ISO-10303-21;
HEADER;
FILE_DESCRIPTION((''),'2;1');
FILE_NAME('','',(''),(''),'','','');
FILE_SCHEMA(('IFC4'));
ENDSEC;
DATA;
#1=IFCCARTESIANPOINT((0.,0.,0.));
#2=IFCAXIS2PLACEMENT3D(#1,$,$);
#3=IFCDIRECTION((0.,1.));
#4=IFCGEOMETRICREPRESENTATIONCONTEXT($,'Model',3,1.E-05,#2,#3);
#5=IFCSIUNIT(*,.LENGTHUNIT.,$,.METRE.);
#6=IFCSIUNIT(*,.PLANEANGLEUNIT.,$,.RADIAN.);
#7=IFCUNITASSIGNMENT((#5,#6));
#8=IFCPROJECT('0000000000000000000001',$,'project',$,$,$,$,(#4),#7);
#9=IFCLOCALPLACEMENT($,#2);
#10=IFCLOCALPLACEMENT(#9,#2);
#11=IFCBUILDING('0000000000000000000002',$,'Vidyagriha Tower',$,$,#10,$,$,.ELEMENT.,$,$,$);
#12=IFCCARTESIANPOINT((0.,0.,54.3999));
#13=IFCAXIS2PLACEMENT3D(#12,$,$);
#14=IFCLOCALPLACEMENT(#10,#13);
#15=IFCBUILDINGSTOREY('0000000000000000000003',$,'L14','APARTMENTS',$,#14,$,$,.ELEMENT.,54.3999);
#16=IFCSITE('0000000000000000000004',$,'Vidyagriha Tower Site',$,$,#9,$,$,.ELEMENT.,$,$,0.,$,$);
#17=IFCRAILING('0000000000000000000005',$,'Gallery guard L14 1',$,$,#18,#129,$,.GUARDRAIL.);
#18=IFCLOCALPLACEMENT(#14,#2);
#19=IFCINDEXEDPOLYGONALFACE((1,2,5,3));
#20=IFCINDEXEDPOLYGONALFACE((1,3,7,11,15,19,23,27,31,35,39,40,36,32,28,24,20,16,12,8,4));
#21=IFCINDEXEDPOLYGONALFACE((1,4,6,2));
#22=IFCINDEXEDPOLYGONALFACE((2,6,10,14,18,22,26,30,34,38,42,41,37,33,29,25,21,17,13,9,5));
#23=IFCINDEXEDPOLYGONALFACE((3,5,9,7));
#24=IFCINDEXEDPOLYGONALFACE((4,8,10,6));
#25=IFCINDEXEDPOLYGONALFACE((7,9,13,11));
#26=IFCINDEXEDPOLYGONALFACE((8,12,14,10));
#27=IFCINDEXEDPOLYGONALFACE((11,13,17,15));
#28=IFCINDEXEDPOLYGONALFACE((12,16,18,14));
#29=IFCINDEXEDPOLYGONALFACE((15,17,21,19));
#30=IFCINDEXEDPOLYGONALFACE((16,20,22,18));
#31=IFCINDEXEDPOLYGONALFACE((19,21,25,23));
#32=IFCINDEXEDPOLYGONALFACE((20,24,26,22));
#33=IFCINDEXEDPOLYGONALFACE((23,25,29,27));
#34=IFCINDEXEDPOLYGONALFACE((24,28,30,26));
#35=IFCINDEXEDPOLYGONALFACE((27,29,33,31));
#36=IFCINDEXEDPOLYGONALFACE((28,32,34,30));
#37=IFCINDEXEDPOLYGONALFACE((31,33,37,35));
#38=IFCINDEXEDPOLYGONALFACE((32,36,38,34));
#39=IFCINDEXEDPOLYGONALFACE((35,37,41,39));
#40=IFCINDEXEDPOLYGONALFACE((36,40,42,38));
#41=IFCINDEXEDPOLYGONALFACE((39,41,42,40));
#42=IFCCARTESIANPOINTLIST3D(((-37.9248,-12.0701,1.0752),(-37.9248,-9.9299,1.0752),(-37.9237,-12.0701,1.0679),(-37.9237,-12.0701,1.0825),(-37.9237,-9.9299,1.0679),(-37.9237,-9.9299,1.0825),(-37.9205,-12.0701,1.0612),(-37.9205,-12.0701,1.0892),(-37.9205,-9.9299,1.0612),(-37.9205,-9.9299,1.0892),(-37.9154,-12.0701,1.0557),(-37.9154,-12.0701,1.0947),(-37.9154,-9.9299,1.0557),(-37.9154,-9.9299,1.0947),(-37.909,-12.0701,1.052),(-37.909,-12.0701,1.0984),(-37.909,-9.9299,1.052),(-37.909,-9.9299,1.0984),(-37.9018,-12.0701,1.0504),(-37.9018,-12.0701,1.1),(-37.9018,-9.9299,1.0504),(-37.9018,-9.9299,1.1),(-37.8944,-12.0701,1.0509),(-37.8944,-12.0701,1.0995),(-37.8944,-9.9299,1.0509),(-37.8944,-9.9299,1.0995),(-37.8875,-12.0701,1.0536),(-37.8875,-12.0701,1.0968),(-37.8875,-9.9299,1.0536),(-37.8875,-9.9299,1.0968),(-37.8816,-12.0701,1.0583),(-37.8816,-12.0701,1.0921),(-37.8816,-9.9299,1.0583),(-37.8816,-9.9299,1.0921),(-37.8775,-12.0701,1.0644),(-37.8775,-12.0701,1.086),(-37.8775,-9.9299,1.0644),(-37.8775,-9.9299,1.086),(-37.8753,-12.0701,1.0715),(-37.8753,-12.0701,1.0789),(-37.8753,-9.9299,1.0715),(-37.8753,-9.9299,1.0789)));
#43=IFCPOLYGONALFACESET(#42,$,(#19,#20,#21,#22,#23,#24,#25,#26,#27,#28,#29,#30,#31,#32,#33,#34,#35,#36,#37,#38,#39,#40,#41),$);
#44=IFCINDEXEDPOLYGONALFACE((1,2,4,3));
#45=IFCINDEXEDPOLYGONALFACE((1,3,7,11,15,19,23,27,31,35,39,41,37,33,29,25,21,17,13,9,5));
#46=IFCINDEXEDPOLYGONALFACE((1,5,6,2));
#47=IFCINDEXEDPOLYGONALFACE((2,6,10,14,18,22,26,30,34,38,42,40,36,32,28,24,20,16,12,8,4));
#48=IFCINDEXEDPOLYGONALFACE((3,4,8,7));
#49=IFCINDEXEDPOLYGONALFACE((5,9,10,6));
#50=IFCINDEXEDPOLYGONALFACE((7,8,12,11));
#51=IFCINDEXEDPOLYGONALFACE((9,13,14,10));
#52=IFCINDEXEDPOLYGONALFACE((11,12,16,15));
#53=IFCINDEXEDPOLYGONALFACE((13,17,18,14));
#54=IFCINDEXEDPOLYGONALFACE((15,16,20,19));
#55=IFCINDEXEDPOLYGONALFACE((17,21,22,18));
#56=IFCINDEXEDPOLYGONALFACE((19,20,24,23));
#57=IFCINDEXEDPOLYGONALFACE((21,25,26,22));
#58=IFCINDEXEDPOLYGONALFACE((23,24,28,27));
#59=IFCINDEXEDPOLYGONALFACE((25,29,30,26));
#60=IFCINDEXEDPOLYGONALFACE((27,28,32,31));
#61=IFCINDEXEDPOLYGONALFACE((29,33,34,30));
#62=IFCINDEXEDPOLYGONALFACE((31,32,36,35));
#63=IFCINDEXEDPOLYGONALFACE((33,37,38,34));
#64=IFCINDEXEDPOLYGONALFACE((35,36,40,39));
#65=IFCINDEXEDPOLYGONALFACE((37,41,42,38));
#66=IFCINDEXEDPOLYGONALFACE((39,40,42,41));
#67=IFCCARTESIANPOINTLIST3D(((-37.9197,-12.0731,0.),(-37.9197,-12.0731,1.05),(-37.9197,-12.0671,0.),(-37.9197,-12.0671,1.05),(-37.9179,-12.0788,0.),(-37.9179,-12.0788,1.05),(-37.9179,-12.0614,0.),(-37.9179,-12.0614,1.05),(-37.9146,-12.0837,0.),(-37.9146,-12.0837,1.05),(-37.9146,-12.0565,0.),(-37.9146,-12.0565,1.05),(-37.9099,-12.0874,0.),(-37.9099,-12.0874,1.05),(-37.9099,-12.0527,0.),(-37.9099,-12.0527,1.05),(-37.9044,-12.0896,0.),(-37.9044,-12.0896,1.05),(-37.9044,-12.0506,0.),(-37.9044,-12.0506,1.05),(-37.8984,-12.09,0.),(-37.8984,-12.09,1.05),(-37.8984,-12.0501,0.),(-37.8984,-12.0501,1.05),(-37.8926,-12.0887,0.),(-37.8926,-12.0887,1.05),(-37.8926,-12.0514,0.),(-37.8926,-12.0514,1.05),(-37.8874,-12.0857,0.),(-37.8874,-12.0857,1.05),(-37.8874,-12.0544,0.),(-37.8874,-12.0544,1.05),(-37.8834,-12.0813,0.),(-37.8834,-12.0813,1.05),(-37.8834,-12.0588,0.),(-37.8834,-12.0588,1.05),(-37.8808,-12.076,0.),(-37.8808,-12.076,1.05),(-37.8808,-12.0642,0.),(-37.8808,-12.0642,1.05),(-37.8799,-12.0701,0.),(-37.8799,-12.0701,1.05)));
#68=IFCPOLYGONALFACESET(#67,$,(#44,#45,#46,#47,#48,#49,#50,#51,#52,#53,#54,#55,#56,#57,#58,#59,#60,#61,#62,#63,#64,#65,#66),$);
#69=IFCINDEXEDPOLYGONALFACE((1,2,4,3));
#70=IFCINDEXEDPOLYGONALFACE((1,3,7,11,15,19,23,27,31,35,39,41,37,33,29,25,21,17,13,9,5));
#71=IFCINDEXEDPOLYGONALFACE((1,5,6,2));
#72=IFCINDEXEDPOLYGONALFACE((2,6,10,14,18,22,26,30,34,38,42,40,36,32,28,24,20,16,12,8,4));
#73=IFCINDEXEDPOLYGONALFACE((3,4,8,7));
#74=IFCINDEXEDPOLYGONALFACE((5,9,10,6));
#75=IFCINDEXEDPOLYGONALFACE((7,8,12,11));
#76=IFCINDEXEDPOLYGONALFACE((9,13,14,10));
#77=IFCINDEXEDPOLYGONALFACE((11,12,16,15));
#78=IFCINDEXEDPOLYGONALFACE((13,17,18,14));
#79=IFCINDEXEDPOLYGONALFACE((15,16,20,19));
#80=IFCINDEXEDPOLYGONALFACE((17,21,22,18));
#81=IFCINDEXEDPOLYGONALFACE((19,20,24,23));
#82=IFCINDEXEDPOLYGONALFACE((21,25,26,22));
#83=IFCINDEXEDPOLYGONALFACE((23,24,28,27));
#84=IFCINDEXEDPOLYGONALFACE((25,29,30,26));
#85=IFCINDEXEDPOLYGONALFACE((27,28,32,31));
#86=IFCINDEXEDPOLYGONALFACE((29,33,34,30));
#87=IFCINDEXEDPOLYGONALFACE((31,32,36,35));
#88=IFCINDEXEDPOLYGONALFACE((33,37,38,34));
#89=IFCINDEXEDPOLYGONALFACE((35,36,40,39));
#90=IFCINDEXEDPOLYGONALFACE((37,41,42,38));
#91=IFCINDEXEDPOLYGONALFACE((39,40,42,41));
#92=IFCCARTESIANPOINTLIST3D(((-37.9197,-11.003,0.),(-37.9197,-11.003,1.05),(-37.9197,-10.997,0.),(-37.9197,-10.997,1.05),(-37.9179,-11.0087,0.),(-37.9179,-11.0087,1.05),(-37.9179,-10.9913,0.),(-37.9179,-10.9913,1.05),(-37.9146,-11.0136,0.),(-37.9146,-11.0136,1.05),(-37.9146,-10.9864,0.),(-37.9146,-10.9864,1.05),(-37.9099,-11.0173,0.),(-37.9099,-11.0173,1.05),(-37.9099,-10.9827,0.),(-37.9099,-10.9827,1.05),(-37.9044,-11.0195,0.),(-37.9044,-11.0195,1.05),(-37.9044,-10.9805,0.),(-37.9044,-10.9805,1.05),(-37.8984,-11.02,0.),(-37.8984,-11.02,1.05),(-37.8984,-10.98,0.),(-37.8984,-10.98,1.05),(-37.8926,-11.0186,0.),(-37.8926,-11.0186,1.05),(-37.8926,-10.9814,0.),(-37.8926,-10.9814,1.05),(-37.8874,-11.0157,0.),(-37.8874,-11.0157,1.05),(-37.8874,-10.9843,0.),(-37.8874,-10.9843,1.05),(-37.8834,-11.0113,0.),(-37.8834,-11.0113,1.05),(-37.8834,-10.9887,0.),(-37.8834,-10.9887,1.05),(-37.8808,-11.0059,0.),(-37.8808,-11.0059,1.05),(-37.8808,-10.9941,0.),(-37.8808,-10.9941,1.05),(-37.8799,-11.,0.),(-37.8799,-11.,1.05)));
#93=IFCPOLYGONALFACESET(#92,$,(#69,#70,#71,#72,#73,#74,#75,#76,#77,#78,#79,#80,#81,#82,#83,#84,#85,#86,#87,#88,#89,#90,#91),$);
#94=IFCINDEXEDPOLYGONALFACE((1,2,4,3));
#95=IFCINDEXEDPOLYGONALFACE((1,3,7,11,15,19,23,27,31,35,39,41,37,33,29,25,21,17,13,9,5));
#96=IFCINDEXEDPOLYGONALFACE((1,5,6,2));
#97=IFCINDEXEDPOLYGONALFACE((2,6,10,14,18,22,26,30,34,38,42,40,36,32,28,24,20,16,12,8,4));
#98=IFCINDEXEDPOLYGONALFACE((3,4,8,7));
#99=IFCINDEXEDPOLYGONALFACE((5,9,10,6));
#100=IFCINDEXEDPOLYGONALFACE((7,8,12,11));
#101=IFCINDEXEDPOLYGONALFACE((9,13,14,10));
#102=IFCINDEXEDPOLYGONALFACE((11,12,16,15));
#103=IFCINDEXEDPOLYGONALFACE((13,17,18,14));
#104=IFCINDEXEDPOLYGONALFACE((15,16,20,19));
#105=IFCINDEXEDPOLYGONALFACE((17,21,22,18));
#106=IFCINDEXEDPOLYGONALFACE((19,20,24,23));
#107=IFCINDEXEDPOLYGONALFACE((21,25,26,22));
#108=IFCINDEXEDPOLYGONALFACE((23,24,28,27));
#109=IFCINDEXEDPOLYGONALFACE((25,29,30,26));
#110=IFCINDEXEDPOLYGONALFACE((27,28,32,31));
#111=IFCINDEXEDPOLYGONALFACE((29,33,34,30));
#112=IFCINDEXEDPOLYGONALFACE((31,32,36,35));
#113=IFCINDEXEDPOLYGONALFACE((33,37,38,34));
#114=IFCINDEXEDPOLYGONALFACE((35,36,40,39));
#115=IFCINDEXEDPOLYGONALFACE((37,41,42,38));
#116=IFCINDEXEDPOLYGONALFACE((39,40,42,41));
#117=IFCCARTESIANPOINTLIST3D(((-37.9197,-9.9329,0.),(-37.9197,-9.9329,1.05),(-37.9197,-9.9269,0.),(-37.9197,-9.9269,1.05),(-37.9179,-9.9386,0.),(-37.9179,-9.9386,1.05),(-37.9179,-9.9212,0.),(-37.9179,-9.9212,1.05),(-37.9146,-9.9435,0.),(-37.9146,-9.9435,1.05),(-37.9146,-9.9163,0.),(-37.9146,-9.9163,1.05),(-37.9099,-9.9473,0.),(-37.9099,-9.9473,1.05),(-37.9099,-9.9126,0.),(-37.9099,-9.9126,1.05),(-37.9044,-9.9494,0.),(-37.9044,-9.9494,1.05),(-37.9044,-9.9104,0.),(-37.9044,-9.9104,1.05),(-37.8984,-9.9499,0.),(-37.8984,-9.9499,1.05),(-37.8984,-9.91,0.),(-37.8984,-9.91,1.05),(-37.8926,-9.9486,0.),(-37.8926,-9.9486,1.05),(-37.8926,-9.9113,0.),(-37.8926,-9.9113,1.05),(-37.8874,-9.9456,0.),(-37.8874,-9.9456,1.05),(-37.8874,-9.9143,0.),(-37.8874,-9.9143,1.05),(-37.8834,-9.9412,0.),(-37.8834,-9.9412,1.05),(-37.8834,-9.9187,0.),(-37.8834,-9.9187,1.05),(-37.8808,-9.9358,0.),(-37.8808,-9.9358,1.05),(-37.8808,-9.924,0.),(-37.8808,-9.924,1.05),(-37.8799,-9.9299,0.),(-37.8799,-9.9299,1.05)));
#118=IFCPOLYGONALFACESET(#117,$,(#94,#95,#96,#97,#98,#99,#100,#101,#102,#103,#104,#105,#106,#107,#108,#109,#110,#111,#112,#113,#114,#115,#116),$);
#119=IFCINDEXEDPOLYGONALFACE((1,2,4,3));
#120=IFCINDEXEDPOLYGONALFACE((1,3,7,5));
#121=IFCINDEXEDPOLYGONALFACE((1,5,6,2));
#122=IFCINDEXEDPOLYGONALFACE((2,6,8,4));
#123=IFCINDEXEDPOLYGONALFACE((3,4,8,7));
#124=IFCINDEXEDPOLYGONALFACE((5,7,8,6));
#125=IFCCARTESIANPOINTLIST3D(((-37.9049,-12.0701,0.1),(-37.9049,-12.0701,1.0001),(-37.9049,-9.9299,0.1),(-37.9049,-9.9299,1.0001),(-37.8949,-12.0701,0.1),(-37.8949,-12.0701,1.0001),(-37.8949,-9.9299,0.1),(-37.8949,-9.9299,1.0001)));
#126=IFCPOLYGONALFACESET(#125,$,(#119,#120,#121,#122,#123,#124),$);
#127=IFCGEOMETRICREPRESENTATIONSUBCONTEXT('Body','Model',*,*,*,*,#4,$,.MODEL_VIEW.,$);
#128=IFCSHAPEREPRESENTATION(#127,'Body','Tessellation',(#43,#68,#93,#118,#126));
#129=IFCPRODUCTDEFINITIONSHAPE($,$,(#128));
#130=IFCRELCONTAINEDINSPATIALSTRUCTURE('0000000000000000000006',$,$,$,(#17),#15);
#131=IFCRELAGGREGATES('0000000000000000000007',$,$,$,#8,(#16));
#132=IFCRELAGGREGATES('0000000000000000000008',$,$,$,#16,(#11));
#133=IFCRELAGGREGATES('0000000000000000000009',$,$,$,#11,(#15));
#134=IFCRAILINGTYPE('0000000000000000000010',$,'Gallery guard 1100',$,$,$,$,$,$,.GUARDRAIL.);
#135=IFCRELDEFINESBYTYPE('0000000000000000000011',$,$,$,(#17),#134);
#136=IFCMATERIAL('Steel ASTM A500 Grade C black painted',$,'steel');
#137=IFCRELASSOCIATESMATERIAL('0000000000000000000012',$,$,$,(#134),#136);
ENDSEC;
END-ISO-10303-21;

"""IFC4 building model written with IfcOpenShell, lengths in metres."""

from ifc_helpers import new_model, si_unit, direction, frame, origin, origin_2d, place, context, subcontext, project, spatial, rectangle, circle, extrude, material, type_object, element, save


model = new_model("IFC4")

# Units and contexts
model_context = context("Model", 3, precision=1e-05, world=origin(), true_north=direction((0.0, 1.0)))
body_context = subcontext(model_context, "Body", "Model", "MODEL_VIEW")
ifc_project = project(units=[si_unit("LENGTHUNIT", "METRE"), si_unit("PLANEANGLEUNIT", "RADIAN")], contexts=[model_context])

# Site, building, storey
site_placement = place(None, origin())
site = spatial("IfcSite", under=ifc_project, at=site_placement, Name="Vidyagriha Tower Site", CompositionType="ELEMENT", RefElevation=0.0)
building_placement = place(site_placement, origin())
building = spatial("IfcBuilding", under=site, at=building_placement, Name="Vidyagriha Tower", CompositionType="ELEMENT")
storey_placement = place(building_placement, frame((0.0, 0.0, 54.3999)))
storey = spatial("IfcBuildingStorey", under=building, at=storey_placement, Name="L14", Description="APARTMENTS", CompositionType="ELEMENT", Elevation=54.3999)

# Railing
ifc_material_1 = material(Name="Steel ASTM A500 Grade C black painted", Category="steel")
railing_type_1 = type_object("IfcRailingType", Name="Gallery guard 1100", PredefinedType="GUARDRAIL", material=ifc_material_1)
railing_1_placement = place(storey_placement, frame((-37.8999, -12.0701, 0.0)))
element("IfcRailing", 1, at=railing_1_placement, inside=storey, type_object=railing_type_1, Name="Gallery guard L14 1", PredefinedType="GUARDRAIL", context=body_context, shape_type="SweptSolid", body=[
    extrude(circle(Radius=0.0249, at=origin_2d()), frame((0.0, 0.0, 1.0752), z_axis=(0.0, 1.0, 0.0), x_axis=(-1.0, 0.0, 0.0)), (0.0, 0.0, 1.0), 2.1401),
    extrude(circle(Radius=0.02, at=origin_2d()), origin(), (0.0, 0.0, 1.0), 1.05),
    extrude(circle(Radius=0.02, at=origin_2d()), frame((0.0, 1.0701, 0.0)), (0.0, 0.0, 1.0), 1.05),
    extrude(circle(Radius=0.02, at=origin_2d()), frame((0.0, 2.1401, 0.0)), (0.0, 0.0, 1.0), 1.05),
    extrude(rectangle(XDim=0.01, YDim=0.9001, at=origin_2d()), frame((0.0, 0.0, 0.55), z_axis=(0.0, 1.0, 0.0), x_axis=(-1.0, 0.0, 0.0)), (0.0, 0.0, 1.0), 2.1401),
])

save(model, "model.ifc")
